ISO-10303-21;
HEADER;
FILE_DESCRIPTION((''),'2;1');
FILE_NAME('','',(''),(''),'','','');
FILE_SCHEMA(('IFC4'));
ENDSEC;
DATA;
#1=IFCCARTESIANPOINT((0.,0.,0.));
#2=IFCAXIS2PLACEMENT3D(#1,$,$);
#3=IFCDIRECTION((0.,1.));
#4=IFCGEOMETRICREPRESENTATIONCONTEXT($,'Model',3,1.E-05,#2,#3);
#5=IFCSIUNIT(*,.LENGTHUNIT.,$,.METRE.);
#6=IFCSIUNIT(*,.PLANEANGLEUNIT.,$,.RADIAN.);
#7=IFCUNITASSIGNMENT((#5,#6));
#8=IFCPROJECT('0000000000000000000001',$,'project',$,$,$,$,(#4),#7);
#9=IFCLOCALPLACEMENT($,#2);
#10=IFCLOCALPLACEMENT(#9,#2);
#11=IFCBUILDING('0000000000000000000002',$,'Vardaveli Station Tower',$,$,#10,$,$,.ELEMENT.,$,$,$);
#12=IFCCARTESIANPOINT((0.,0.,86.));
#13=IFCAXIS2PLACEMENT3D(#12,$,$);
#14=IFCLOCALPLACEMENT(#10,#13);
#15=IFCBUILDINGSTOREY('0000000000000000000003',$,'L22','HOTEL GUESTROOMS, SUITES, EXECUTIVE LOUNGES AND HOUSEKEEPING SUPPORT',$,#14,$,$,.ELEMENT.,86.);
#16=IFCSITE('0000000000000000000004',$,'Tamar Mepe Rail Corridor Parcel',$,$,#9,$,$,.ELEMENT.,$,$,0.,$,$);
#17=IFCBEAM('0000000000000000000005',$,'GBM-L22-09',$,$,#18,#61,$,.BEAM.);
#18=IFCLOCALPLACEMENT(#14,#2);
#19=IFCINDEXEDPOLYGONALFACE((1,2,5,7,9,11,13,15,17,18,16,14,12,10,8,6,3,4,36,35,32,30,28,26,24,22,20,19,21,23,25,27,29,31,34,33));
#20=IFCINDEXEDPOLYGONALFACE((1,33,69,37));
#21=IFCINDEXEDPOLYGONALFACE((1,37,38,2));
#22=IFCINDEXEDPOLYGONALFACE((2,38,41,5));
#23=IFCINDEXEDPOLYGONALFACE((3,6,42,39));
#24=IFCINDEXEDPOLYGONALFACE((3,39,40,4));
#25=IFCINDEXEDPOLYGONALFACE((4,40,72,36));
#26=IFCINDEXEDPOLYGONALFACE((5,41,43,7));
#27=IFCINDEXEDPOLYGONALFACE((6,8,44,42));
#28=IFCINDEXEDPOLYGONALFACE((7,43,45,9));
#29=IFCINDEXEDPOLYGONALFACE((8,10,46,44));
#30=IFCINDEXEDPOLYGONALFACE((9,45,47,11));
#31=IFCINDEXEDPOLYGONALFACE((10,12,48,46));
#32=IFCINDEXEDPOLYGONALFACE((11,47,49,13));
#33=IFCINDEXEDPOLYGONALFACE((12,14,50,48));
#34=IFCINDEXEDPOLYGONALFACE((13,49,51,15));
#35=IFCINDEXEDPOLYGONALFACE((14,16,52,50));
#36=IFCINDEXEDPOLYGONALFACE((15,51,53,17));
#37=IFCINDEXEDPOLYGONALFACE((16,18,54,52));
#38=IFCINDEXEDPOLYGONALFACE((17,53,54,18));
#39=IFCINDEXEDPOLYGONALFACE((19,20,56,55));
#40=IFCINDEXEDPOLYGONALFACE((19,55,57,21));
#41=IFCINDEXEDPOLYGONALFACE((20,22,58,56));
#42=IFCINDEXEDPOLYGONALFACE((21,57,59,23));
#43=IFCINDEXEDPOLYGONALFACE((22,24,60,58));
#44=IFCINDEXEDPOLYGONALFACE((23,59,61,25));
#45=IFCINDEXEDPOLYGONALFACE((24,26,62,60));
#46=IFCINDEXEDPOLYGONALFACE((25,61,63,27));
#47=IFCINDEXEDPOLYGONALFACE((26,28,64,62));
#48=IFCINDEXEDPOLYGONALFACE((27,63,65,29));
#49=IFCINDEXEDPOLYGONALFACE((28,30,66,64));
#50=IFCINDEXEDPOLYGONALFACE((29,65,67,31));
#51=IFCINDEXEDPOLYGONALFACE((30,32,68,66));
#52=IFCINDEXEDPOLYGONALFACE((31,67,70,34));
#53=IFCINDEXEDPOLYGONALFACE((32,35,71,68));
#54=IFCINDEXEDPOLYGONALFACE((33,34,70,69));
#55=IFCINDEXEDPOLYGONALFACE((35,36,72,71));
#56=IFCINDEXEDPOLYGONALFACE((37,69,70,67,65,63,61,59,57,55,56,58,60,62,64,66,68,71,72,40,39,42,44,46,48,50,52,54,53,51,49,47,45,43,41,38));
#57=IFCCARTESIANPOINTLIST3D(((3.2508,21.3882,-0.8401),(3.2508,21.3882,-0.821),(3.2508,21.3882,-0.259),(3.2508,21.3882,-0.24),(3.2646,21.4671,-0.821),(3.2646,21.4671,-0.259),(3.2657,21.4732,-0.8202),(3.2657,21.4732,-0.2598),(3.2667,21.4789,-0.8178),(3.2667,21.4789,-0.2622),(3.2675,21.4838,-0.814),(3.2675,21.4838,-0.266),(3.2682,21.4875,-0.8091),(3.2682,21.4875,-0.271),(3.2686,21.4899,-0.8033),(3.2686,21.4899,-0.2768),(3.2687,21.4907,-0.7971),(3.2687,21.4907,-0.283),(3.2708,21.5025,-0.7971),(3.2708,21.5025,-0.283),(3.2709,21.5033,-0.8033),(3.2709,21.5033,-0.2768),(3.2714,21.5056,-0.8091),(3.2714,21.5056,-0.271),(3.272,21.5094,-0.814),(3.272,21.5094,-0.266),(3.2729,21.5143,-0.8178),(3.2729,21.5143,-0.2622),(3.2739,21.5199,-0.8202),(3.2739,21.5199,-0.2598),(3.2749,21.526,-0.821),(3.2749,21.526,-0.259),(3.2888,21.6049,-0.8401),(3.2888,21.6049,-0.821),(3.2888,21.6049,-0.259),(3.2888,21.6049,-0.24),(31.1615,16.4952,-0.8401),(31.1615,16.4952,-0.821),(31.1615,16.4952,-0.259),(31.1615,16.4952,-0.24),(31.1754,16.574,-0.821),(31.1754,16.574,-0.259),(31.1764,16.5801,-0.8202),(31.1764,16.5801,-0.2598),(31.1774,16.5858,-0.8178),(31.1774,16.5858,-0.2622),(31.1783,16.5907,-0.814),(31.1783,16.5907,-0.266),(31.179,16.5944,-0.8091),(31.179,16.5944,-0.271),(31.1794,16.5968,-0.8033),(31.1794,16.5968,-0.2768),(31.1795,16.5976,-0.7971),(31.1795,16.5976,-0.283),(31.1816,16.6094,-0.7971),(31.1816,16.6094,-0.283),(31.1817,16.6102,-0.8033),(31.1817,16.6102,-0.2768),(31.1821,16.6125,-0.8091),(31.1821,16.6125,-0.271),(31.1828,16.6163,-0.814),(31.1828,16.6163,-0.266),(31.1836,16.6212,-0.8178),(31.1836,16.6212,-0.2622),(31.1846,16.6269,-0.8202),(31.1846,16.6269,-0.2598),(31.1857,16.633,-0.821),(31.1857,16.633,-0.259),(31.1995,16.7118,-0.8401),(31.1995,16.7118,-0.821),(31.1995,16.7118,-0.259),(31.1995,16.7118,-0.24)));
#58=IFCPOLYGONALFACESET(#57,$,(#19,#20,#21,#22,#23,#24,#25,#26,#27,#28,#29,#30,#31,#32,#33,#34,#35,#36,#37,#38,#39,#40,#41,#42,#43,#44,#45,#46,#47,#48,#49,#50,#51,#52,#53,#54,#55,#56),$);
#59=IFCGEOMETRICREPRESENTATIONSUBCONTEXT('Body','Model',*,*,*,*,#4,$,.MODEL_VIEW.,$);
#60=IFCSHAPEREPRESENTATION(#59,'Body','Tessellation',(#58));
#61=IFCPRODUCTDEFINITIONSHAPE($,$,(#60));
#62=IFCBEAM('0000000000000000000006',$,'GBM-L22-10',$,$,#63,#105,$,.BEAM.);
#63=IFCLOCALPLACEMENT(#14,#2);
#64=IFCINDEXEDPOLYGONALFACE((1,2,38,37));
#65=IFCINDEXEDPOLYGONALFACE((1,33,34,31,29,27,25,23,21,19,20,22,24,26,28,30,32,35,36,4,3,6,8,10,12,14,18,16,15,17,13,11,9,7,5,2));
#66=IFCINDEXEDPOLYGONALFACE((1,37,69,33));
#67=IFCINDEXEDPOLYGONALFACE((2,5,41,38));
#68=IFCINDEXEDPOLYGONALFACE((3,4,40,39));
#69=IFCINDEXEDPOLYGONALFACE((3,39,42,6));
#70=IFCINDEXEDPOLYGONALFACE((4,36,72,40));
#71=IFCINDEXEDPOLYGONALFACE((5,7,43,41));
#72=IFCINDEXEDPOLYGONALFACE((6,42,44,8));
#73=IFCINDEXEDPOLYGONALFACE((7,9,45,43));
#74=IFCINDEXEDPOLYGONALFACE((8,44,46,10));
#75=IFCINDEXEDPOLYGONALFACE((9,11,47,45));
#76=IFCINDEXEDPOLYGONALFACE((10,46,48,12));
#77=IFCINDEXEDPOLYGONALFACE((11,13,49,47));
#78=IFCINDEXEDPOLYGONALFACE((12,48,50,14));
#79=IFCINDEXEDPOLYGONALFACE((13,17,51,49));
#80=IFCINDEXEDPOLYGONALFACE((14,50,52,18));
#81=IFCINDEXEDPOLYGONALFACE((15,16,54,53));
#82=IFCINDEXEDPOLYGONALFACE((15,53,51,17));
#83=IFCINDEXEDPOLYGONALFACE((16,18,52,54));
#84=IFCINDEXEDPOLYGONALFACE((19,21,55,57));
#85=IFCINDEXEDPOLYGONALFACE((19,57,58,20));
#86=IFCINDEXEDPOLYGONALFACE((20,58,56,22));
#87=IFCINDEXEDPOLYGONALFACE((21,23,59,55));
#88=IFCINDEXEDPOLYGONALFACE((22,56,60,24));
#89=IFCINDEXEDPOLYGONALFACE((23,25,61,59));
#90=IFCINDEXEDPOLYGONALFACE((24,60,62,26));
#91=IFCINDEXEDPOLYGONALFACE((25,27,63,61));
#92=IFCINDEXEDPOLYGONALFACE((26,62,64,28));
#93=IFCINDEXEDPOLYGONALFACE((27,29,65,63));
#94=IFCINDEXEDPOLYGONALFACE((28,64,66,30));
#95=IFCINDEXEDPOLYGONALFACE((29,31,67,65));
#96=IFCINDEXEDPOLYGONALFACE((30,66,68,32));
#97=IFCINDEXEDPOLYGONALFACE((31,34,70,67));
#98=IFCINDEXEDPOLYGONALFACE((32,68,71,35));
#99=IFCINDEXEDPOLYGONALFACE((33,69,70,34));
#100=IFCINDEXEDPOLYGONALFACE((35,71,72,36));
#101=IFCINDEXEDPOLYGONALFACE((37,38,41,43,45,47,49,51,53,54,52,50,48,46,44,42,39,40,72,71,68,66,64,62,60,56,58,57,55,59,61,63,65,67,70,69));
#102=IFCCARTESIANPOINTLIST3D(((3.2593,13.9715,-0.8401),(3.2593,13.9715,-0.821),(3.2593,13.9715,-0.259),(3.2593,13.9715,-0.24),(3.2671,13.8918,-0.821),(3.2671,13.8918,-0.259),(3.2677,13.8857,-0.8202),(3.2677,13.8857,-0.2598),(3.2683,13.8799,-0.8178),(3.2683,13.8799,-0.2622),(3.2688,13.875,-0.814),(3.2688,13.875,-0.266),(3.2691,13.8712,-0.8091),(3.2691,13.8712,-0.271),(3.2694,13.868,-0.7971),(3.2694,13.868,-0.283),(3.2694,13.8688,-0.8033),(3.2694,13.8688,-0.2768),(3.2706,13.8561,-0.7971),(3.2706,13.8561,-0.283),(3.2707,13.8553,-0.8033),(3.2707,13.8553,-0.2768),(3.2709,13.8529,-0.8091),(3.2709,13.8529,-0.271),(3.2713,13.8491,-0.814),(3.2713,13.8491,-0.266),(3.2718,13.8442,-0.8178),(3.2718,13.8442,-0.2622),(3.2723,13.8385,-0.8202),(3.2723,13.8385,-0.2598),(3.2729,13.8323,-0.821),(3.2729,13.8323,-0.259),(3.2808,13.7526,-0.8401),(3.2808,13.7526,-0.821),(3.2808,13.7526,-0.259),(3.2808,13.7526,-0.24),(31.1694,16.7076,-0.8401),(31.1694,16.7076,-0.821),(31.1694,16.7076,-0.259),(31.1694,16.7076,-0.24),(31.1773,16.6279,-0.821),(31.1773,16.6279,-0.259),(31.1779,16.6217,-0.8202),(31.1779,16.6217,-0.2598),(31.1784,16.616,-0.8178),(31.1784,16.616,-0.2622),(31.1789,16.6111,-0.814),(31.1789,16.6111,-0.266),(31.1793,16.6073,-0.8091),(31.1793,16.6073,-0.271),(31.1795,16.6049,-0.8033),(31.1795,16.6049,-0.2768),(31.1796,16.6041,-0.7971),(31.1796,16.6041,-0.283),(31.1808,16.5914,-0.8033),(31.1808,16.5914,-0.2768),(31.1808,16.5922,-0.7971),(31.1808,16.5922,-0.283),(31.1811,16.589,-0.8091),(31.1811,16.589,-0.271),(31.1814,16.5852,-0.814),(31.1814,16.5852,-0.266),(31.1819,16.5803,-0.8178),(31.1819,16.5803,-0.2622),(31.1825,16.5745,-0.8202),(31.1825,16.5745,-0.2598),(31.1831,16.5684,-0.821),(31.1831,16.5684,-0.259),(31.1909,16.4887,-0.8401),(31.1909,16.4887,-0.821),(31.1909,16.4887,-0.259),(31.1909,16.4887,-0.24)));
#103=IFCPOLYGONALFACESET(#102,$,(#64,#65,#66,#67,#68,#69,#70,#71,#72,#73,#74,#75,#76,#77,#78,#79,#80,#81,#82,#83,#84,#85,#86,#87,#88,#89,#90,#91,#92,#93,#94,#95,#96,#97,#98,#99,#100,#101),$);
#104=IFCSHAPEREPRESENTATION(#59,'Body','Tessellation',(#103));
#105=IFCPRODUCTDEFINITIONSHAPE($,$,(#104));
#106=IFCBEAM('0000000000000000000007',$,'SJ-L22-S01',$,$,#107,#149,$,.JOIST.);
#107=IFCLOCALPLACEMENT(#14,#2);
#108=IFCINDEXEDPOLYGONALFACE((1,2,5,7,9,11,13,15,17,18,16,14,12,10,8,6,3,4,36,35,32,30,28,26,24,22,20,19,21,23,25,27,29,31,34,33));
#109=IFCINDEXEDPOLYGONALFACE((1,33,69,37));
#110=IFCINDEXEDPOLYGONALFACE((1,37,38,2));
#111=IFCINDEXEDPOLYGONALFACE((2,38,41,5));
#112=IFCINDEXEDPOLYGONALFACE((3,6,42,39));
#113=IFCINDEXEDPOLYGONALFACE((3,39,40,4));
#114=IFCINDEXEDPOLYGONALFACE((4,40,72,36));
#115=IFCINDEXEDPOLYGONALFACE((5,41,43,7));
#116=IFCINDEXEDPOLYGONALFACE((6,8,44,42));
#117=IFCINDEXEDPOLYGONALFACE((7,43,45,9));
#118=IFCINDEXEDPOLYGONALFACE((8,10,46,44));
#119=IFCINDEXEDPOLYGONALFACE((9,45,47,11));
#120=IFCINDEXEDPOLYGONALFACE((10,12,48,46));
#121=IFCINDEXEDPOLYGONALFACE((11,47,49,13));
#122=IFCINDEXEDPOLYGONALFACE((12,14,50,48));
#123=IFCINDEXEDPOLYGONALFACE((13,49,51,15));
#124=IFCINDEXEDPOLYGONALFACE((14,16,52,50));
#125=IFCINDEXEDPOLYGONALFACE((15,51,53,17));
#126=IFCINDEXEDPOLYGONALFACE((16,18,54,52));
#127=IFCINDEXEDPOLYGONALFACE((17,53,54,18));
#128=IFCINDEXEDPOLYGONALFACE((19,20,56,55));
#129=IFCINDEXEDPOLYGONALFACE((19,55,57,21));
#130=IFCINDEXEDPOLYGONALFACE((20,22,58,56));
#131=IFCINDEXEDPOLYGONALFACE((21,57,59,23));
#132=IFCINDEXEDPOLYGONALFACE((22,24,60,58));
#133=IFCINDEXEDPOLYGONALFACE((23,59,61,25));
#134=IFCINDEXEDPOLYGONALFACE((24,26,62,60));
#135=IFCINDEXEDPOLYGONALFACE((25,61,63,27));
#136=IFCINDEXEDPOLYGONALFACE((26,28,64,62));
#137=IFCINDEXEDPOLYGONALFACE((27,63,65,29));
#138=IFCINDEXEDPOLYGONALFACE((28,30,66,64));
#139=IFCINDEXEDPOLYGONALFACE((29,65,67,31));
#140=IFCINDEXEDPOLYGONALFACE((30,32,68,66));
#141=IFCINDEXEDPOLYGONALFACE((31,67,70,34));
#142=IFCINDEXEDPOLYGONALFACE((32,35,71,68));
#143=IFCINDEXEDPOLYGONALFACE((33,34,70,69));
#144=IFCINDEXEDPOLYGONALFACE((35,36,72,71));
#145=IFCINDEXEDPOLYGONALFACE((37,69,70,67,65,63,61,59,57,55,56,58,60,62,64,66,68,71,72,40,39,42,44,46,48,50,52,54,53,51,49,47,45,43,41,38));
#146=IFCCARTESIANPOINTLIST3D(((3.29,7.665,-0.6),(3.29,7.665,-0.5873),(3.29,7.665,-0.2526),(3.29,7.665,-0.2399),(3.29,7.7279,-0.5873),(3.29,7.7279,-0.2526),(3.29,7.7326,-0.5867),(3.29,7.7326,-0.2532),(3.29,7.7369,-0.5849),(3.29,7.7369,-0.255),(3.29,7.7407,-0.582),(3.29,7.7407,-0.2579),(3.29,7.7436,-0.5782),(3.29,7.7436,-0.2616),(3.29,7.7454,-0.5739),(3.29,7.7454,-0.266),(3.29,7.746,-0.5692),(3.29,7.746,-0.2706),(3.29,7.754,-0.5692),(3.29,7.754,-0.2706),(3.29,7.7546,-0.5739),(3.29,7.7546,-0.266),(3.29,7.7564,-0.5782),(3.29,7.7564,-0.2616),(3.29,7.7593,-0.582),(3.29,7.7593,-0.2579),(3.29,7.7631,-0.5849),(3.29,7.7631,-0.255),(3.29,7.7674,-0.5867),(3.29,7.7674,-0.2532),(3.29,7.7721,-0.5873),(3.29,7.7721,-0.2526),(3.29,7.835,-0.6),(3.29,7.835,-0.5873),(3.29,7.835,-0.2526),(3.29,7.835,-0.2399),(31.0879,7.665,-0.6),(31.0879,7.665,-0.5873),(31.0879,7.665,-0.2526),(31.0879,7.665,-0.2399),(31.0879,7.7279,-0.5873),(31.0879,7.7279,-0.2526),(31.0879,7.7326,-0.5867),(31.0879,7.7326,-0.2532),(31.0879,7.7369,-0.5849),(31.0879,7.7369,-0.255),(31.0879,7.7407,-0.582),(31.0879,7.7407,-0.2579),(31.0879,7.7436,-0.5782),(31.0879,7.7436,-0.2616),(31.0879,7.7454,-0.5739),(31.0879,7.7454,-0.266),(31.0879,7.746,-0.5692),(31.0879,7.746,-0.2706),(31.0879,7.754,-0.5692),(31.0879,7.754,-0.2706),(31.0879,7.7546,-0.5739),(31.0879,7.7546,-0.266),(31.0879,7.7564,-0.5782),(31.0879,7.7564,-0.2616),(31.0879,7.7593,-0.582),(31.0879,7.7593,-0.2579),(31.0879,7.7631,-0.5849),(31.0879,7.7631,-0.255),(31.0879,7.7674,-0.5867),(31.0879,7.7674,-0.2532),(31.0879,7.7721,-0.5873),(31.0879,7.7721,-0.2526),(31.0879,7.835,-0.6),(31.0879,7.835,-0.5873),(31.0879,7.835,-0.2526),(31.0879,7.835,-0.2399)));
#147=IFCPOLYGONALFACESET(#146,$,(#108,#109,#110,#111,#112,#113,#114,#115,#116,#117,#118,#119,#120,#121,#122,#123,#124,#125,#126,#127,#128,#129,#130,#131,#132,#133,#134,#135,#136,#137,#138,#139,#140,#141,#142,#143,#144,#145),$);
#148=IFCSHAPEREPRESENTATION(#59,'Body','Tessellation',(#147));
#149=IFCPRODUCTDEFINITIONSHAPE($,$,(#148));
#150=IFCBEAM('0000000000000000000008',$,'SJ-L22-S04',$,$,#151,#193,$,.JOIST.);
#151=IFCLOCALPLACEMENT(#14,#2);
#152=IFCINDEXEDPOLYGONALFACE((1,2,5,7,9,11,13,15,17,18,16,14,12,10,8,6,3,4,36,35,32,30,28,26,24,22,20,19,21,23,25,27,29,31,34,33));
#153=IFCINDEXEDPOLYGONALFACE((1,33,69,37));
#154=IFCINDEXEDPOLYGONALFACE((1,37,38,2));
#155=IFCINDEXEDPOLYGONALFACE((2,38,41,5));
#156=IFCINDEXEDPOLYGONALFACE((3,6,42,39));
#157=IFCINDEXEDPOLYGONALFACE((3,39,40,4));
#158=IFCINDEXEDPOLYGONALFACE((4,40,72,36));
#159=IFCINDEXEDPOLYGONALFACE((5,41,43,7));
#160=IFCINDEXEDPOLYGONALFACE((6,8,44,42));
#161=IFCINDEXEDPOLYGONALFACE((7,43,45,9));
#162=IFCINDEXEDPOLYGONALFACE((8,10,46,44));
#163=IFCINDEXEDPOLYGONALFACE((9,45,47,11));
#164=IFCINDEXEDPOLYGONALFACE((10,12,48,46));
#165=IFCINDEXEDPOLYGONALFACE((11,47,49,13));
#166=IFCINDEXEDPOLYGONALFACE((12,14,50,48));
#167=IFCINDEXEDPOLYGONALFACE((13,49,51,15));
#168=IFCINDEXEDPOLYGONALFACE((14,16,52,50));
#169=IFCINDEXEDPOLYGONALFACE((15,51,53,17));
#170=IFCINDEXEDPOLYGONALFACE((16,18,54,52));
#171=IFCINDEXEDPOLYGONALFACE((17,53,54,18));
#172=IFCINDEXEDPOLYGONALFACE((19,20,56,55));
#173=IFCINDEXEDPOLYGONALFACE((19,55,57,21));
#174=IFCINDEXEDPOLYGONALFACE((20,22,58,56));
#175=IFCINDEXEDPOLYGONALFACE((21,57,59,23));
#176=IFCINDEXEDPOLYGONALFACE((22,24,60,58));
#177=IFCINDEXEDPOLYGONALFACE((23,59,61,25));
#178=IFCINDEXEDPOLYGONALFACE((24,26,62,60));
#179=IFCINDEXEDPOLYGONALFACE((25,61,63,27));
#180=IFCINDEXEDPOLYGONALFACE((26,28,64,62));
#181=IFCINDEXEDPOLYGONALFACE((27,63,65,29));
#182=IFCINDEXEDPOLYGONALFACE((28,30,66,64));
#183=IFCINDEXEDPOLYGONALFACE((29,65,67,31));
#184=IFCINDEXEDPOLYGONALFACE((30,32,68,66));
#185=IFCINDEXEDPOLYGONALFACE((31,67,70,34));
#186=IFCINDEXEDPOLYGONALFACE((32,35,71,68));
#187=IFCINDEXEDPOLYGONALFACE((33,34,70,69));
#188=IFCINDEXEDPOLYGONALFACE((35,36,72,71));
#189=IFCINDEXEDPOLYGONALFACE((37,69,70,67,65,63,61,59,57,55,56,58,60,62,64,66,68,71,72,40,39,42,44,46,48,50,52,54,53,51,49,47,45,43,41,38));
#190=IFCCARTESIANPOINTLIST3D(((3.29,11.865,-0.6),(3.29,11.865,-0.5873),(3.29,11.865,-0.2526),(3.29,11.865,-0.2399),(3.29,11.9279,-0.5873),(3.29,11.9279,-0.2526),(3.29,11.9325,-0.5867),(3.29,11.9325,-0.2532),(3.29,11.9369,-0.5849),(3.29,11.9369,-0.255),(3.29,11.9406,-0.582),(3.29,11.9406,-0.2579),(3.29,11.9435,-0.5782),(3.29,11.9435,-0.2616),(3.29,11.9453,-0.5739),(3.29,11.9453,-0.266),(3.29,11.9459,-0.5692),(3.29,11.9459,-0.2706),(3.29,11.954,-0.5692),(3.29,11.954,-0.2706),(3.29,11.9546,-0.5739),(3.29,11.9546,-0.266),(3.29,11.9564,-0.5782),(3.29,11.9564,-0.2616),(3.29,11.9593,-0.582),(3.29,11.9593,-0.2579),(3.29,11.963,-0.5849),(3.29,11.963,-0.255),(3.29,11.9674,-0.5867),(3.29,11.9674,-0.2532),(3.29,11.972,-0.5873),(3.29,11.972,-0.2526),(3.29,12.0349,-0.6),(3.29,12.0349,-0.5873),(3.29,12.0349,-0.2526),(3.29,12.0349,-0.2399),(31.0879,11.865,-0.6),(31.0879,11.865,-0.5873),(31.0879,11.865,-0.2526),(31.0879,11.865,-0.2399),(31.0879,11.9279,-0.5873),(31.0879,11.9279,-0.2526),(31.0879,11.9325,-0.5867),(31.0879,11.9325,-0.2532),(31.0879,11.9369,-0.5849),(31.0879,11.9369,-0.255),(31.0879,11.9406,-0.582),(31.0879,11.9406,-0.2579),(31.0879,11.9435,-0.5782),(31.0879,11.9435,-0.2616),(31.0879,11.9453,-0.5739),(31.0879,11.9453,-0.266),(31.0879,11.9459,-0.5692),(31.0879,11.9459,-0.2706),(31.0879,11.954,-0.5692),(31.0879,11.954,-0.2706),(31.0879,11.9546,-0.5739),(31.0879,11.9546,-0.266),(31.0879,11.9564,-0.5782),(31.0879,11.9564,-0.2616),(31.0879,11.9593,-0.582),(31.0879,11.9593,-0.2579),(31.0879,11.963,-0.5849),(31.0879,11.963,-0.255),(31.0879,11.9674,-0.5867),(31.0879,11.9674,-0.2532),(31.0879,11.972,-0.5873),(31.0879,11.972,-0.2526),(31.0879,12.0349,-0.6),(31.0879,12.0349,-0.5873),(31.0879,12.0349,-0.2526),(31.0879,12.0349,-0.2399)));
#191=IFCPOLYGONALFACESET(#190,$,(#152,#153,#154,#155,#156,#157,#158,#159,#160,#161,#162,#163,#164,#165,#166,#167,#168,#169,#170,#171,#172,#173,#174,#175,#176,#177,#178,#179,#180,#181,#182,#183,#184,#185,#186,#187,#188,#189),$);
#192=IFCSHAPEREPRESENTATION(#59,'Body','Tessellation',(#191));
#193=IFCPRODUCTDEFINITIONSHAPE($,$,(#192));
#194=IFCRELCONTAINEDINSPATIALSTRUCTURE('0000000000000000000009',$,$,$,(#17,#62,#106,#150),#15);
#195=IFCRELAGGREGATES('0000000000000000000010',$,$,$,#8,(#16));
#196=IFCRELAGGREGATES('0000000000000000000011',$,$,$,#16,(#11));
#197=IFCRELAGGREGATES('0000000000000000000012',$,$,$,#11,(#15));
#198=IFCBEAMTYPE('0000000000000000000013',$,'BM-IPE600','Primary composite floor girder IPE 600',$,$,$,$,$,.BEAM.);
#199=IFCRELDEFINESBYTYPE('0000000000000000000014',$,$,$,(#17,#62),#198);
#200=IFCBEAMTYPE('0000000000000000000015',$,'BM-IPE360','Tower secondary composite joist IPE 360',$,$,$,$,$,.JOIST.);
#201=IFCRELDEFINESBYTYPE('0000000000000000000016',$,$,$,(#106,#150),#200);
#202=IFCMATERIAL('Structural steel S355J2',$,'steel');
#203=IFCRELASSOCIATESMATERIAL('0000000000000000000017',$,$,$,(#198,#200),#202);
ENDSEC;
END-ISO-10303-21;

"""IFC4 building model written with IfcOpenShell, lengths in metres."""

from ifc_helpers import new_model, si_unit, direction, frame, origin, origin_2d, place, context, subcontext, project, spatial, i_section, extrude, source, transform, mapped, material, material_profile, profile_set, type_object, element, save


model = new_model("IFC4")

# Units and contexts
model_context = context("Model", 3, precision=1e-05, world=origin(), true_north=direction((0.0, 1.0)))
body_context = subcontext(model_context, "Body", "Model", "MODEL_VIEW")
ifc_project = project(units=[si_unit("LENGTHUNIT", "METRE"), si_unit("PLANEANGLEUNIT", "RADIAN")], contexts=[model_context])

# Site, building, storey
site_placement = place(None, origin())
site = spatial("IfcSite", under=ifc_project, at=site_placement, Name="Tamar Mepe Rail Corridor Parcel", CompositionType="ELEMENT", RefElevation=0.0)
building_placement = place(site_placement, origin())
building = spatial("IfcBuilding", under=site, at=building_placement, Name="Vardaveli Station Tower", CompositionType="ELEMENT")
storey_placement = place(building_placement, frame((0.0, 0.0, 86.0)))
storey = spatial("IfcBuildingStorey", under=building, at=storey_placement, Name="L22", Description="HOTEL GUESTROOMS, SUITES, EXECUTIVE LOUNGES AND HOUSEKEEPING SUPPORT", CompositionType="ELEMENT", Elevation=86.0)

# Beams
ifc_material_1 = material(Name="Structural steel S355J2", Category="steel")
ifc_material_profile_1 = material_profile(ifc_material_1, i_section(OverallWidth=0.22, OverallDepth=0.6001, WebThickness=0.012, FlangeThickness=0.019, FilletRadius=0.0239, at=origin_2d()), Name="IPE 600")
ifc_profile_set_1 = profile_set([ifc_material_profile_1], Name="Structural steel S355J2")
beam_type_1 = type_object("IfcBeamType", Name="BM-IPE600", Description="Primary composite floor girder IPE 600", PredefinedType="BEAM", material=ifc_profile_set_1)
shared_shape_1 = source(origin(), body_context, "Body", "SweptSolid", [
    extrude(i_section(OverallWidth=0.22, OverallDepth=0.6001, WebThickness=0.012, FlangeThickness=0.019, FilletRadius=0.0239, at=origin_2d()), origin(), (0.0, 0.0, 1.0), 28.3364),
])
beam_1_placement = place(storey_placement, frame((3.2698, 21.4966, -0.54), z_axis=(0.984978, -0.172678, 0.0), x_axis=(0.172678, 0.984978, 0.0)))
element("IfcBeam", 1, at=beam_1_placement, inside=storey, type_object=beam_type_1, Name="GBM-L22-09", PredefinedType="BEAM", context=body_context, shape_type="MappedRepresentation", body=[
    mapped(shared_shape_1, transform((0.0, 0.0, 0.0), scale=1.0)),
])
shared_shape_2 = source(origin(), body_context, "Body", "SweptSolid", [
    extrude(i_section(OverallWidth=0.22, OverallDepth=0.6001, WebThickness=0.012, FlangeThickness=0.019, FilletRadius=0.0239, at=origin_2d()), origin(), (0.0, 0.0, 1.0), 28.0439),
])
beam_2_placement = place(storey_placement, frame((3.27, 13.8621, -0.54), z_axis=(0.995229, 0.097564, 0.0), x_axis=(-0.097564, 0.995229, 0.0)))
element("IfcBeam", 2, at=beam_2_placement, inside=storey, type_object=beam_type_1, Name="GBM-L22-10", PredefinedType="BEAM", context=body_context, shape_type="MappedRepresentation", body=[
    mapped(shared_shape_2, transform((0.0, 0.0, 0.0), scale=1.0)),
])
ifc_material_profile_2 = material_profile(ifc_material_1, i_section(OverallWidth=0.1699, OverallDepth=0.3601, WebThickness=0.0081, FlangeThickness=0.0127, FilletRadius=0.0181, at=origin_2d()), Name="IPE 360")
ifc_profile_set_2 = profile_set([ifc_material_profile_2], Name="Structural steel S355J2")
beam_type_2 = type_object("IfcBeamType", Name="BM-IPE360", Description="Tower secondary composite joist IPE 360", PredefinedType="JOIST", material=ifc_profile_set_2)
shared_shape_3 = source(origin(), body_context, "Body", "SweptSolid", [
    extrude(i_section(OverallWidth=0.1699, OverallDepth=0.3601, WebThickness=0.0081, FlangeThickness=0.0127, FilletRadius=0.0181, at=origin_2d()), origin(), (0.0, 0.0, 1.0), 27.7979),
])
for number, where, z_axis, x_axis, name in (
    (3, (3.29, 7.75, -0.4199), (1.0, 0.0, 0.0), (0.0, 1.0, 0.0), "SJ-L22-S01"),
    (4, (3.29, 11.95, -0.4199), (1.0, 0.0, 0.0), (0.0, 1.0, 0.0), "SJ-L22-S04"),
):
    element("IfcBeam", number, at=place(storey_placement, frame(where, z_axis=z_axis, x_axis=x_axis)), inside=storey, type_object=beam_type_2, Name=name, PredefinedType="JOIST", context=body_context, shape_type="MappedRepresentation", body=[
        mapped(shared_shape_3, transform((0.0, 0.0, 0.0), scale=1.0)),
    ])

save(model, "model.ifc")
